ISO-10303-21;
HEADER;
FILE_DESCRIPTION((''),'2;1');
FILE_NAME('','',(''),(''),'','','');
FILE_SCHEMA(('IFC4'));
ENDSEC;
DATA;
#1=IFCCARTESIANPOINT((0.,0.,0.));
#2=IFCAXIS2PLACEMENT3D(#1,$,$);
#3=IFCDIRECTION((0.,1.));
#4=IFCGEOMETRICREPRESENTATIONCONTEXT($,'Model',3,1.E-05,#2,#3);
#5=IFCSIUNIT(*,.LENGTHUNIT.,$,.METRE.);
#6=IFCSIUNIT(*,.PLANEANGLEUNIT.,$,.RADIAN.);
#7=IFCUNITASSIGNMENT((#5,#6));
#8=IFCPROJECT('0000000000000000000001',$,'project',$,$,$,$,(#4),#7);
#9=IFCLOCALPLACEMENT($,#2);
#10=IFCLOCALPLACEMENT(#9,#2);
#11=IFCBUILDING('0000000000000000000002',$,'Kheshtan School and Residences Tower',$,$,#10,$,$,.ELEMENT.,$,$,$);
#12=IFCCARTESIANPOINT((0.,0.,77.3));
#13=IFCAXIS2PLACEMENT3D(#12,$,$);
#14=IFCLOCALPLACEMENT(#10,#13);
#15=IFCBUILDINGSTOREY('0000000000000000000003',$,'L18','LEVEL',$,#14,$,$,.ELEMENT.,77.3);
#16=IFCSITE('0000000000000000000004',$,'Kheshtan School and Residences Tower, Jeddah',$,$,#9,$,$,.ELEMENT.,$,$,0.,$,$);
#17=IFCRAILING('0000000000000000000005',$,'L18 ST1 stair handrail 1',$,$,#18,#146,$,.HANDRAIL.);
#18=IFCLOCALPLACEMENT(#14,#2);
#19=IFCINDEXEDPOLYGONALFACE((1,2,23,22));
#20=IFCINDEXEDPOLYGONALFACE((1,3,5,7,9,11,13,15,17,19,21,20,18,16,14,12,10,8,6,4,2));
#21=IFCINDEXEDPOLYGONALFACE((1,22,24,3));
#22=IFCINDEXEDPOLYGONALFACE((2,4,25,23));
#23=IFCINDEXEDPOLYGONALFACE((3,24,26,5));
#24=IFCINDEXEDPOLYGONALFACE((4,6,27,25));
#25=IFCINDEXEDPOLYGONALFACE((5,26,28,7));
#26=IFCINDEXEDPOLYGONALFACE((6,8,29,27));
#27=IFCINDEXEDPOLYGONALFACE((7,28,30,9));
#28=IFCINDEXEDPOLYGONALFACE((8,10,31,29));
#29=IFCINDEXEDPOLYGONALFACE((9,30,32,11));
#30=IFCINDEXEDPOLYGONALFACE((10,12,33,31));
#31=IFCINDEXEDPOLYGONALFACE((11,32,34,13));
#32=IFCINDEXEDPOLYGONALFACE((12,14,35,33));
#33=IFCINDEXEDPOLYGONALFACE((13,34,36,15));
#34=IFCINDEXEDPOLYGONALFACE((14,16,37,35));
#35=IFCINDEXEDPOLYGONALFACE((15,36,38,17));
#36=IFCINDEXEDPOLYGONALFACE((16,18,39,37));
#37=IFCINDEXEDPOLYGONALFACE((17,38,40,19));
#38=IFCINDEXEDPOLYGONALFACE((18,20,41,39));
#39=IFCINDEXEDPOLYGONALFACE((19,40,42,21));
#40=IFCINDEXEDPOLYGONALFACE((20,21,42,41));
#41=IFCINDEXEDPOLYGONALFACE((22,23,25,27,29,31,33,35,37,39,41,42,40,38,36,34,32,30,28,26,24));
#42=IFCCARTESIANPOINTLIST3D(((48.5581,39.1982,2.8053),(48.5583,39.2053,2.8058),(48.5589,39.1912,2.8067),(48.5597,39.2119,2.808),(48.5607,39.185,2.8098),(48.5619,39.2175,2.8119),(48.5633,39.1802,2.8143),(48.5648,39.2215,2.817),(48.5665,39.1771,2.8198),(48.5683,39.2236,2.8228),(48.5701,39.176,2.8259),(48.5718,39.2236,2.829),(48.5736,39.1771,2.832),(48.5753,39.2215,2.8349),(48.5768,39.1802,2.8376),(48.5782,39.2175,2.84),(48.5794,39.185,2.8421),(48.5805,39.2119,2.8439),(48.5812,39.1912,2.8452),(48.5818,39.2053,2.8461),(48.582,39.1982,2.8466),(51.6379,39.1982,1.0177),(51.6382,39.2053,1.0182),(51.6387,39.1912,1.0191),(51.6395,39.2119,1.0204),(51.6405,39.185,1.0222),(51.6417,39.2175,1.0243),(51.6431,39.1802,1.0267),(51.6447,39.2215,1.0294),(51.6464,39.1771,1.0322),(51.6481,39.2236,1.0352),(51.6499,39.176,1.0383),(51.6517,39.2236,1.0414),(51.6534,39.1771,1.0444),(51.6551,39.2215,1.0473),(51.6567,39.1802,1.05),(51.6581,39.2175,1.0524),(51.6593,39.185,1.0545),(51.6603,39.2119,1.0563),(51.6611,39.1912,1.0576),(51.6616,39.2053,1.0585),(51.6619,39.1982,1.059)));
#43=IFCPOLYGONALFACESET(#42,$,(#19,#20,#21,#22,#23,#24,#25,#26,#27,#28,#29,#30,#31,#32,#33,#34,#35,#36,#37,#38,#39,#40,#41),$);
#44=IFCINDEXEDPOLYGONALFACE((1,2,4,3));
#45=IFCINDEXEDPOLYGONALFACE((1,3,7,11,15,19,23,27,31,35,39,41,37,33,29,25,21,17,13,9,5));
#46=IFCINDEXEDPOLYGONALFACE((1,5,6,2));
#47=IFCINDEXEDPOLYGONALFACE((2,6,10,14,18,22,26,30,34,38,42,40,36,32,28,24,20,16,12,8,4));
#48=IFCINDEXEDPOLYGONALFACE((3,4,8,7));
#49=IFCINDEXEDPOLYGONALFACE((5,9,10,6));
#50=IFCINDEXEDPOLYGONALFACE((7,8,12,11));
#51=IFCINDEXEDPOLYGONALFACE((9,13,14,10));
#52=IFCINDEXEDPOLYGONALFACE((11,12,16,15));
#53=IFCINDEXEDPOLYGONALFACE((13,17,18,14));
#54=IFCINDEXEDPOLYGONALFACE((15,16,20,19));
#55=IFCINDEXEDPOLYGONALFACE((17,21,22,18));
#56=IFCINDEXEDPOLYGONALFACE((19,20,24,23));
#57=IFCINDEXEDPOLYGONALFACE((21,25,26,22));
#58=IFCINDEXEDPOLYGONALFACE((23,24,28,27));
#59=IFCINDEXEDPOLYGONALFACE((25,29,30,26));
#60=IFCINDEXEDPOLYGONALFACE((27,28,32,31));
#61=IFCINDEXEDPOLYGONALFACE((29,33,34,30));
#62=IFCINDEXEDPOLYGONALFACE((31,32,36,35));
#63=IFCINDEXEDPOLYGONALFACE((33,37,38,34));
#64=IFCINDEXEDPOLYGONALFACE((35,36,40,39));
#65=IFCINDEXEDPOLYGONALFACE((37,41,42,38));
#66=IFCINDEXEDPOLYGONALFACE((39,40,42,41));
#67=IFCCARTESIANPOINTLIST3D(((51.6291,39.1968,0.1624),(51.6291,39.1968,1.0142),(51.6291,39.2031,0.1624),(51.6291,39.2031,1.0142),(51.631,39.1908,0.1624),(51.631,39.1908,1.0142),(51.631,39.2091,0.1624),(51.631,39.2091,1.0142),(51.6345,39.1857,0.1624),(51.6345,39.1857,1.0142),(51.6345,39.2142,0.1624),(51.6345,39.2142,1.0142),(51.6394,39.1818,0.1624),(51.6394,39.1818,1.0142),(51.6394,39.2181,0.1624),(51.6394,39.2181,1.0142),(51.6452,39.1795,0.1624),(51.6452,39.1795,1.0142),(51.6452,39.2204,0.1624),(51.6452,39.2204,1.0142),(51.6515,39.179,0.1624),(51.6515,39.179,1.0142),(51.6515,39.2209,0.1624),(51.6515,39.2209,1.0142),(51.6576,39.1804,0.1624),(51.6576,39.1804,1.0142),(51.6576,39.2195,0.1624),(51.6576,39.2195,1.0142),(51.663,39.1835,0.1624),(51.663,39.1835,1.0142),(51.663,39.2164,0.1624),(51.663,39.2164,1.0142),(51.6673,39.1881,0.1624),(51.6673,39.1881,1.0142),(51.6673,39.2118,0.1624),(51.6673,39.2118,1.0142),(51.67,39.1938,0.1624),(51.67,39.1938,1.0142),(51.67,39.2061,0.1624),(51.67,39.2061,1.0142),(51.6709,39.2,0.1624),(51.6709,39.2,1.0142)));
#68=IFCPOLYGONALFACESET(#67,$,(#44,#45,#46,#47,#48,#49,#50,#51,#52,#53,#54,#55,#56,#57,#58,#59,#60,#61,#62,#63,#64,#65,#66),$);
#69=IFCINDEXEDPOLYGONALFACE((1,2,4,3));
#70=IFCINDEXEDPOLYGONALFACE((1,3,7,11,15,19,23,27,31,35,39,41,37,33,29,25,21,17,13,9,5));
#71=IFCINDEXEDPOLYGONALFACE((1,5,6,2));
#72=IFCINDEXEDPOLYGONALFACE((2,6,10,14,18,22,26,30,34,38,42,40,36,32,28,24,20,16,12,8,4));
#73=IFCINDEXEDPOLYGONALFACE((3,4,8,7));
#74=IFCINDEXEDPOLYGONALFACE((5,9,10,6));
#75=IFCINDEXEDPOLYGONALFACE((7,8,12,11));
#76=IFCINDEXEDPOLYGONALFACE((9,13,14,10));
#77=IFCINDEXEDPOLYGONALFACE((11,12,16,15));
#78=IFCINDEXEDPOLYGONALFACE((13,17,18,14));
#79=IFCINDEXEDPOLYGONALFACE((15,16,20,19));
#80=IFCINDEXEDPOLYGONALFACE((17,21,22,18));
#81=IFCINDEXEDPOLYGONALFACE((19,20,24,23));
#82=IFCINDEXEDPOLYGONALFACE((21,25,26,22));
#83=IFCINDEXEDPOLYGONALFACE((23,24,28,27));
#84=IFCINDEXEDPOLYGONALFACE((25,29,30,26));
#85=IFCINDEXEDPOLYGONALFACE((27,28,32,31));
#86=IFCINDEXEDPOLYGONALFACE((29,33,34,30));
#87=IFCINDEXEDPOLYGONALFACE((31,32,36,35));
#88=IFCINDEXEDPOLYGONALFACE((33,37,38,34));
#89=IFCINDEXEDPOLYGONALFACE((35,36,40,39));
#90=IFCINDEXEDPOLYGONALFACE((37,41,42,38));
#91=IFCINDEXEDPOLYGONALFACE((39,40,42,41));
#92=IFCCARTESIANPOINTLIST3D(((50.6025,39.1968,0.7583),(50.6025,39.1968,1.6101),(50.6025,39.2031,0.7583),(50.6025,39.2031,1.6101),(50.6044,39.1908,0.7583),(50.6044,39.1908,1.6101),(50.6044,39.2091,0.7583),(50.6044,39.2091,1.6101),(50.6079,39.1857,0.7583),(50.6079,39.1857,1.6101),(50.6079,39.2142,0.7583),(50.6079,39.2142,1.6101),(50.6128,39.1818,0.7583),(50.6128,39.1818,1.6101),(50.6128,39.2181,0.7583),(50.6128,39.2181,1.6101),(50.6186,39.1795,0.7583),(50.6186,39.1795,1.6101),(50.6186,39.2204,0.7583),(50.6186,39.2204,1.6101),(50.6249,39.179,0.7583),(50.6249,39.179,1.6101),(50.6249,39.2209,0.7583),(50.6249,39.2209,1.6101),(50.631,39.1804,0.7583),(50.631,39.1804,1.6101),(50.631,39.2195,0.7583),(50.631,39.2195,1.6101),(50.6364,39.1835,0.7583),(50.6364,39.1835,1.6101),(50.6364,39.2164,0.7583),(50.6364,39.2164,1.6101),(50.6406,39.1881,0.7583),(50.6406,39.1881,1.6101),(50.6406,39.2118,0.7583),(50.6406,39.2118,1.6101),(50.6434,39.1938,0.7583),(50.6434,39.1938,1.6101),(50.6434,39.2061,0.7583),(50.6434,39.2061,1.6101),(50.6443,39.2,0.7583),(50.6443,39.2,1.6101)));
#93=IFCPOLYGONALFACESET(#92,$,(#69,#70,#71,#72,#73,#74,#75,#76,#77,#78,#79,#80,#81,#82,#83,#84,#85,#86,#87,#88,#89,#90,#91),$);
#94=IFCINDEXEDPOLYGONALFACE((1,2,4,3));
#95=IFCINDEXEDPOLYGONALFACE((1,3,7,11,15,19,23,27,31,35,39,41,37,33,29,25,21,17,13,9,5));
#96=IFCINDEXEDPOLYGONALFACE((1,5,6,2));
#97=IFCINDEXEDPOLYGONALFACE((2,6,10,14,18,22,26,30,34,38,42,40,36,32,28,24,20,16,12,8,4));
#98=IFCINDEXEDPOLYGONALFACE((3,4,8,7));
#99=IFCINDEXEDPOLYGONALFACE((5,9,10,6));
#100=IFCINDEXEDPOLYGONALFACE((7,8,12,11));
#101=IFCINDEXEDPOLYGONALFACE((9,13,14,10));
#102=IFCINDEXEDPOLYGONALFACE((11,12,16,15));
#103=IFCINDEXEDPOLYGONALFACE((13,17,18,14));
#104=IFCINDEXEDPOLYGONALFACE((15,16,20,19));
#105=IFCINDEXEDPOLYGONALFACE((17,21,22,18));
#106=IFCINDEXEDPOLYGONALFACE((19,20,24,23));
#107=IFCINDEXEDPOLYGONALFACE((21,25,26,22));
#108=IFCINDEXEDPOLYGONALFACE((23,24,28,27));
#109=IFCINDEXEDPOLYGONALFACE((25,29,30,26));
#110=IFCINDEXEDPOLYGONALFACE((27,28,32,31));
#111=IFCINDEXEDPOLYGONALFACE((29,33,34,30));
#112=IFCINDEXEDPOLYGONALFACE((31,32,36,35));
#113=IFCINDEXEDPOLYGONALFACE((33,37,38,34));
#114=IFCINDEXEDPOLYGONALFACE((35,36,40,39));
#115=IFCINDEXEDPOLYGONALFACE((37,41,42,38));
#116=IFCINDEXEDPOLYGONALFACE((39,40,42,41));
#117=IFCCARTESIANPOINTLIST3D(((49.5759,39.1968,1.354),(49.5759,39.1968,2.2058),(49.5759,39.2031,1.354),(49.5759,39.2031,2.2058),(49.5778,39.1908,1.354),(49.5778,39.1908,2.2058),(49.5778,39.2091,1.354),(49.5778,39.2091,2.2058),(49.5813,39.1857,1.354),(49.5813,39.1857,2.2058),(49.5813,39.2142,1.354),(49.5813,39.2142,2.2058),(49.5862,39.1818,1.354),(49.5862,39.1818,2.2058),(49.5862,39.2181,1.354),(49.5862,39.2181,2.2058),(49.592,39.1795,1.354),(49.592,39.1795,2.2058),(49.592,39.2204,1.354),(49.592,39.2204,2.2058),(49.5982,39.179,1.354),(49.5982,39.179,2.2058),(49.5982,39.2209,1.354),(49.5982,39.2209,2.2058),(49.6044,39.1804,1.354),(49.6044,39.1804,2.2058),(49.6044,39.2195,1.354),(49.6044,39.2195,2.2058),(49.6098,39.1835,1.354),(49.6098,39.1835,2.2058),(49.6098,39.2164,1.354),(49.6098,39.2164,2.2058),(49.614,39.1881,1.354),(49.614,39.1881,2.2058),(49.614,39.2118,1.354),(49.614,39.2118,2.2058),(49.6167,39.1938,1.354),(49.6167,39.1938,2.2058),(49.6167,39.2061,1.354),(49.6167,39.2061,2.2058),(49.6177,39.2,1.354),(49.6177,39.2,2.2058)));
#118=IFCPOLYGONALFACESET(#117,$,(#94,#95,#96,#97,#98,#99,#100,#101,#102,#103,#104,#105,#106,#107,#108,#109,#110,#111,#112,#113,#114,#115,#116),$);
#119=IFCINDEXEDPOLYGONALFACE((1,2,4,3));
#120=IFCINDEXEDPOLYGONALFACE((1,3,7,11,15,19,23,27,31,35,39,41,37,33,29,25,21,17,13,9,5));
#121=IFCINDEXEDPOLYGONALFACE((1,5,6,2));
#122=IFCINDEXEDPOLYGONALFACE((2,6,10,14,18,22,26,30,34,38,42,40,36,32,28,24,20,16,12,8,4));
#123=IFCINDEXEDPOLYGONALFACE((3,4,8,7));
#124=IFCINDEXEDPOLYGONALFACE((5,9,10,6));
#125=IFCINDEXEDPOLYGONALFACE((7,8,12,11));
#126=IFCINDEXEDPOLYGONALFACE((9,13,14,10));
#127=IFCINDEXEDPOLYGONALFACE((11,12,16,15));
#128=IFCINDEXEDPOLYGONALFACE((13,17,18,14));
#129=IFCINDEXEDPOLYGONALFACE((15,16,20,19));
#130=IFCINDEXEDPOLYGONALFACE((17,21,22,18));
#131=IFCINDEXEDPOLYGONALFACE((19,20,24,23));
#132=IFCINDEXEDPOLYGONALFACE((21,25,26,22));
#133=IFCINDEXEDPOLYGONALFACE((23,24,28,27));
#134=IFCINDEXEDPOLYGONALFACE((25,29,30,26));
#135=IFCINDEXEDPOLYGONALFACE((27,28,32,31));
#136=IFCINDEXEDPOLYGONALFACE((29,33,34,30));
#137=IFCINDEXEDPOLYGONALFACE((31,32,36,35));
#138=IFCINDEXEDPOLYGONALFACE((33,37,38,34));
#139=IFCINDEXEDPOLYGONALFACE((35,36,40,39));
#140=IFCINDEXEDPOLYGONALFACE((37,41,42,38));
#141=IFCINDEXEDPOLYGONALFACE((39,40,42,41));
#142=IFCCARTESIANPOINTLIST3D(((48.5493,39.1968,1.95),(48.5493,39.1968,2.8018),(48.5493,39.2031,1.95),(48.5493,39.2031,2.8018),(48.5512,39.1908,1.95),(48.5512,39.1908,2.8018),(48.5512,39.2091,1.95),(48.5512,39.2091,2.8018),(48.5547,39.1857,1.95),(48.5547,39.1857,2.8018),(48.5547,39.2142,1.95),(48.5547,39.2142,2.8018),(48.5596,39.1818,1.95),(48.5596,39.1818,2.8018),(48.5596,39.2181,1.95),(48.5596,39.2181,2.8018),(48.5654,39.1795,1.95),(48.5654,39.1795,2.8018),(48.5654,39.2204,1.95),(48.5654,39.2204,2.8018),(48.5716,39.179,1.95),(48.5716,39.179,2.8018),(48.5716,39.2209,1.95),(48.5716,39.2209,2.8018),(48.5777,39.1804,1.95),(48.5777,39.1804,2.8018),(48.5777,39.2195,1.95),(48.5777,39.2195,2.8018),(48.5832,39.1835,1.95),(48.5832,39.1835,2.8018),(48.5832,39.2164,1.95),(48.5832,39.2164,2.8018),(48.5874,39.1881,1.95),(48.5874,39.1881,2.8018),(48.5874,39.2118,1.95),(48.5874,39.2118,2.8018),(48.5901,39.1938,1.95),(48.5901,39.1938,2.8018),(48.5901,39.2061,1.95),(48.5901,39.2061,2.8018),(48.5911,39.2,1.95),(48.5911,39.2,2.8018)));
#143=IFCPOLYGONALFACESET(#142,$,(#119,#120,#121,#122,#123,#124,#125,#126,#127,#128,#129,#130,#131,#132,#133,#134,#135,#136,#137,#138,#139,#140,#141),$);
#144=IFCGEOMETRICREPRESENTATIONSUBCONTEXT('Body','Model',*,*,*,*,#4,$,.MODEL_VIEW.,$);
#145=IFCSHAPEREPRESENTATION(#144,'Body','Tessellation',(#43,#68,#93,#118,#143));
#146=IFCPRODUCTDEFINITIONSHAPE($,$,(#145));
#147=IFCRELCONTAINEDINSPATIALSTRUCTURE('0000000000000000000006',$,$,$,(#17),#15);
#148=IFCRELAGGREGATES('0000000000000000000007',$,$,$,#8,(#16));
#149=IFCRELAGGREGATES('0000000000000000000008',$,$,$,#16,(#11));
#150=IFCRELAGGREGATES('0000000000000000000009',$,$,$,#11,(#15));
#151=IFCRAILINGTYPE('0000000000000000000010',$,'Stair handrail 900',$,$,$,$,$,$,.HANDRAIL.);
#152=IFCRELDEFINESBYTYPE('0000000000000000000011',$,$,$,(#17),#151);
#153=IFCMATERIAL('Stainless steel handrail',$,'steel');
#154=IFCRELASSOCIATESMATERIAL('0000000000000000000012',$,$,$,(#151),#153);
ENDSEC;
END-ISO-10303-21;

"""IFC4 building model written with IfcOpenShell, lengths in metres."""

from ifc_helpers import new_model, si_unit, direction, frame, origin, origin_2d, place, context, subcontext, project, spatial, circle, extrude, material, type_object, element, save


model = new_model("IFC4")

# Units and contexts
model_context = context("Model", 3, precision=1e-05, world=origin(), true_north=direction((0.0, 1.0)))
body_context = subcontext(model_context, "Body", "Model", "MODEL_VIEW")
ifc_project = project(units=[si_unit("LENGTHUNIT", "METRE"), si_unit("PLANEANGLEUNIT", "RADIAN")], contexts=[model_context])

# Site, building, storey
site_placement = place(None, origin())
site = spatial("IfcSite", under=ifc_project, at=site_placement, Name="Kheshtan School and Residences Tower, Jeddah", CompositionType="ELEMENT", RefElevation=0.0)
building_placement = place(site_placement, origin())
building = spatial("IfcBuilding", under=site, at=building_placement, Name="Kheshtan School and Residences Tower", CompositionType="ELEMENT")
storey_placement = place(building_placement, frame((0.0, 0.0, 77.3)))
storey = spatial("IfcBuildingStorey", under=building, at=storey_placement, Name="L18", Description="LEVEL", CompositionType="ELEMENT", Elevation=77.3)

# Railing
ifc_material_1 = material(Name="Stainless steel handrail", Category="steel")
railing_type_1 = type_object("IfcRailingType", Name="Stair handrail 900", PredefinedType="HANDRAIL", material=ifc_material_1)
railing_1_placement = place(storey_placement, frame((51.6499, 39.2, 0.1624)))
element("IfcRailing", 1, at=railing_1_placement, inside=storey, type_object=railing_type_1, Name="L18 ST1 stair handrail 1", PredefinedType="HANDRAIL", context=body_context, shape_type="SweptSolid", body=[
    extrude(circle(Radius=0.0239, at=origin_2d()), frame((0.0, 0.0, 0.876), z_axis=(-0.864873, 0.0, 0.50199), x_axis=(0.0, -1.0, 0.0)), (0.0, 0.0, 1.0), 3.561),
    extrude(circle(Radius=0.021, at=origin_2d()), origin(), (0.0, 0.0, 1.0), 0.8518),
    extrude(circle(Radius=0.021, at=origin_2d()), frame((-1.0266, 0.0, 0.5959)), (0.0, 0.0, 1.0), 0.8518),
    extrude(circle(Radius=0.021, at=origin_2d()), frame((-2.0532, 0.0, 1.1917)), (0.0, 0.0, 1.0), 0.8518),
    extrude(circle(Radius=0.021, at=origin_2d()), frame((-3.0798, 0.0, 1.7876)), (0.0, 0.0, 1.0), 0.8518),
])

save(model, "model.ifc")
